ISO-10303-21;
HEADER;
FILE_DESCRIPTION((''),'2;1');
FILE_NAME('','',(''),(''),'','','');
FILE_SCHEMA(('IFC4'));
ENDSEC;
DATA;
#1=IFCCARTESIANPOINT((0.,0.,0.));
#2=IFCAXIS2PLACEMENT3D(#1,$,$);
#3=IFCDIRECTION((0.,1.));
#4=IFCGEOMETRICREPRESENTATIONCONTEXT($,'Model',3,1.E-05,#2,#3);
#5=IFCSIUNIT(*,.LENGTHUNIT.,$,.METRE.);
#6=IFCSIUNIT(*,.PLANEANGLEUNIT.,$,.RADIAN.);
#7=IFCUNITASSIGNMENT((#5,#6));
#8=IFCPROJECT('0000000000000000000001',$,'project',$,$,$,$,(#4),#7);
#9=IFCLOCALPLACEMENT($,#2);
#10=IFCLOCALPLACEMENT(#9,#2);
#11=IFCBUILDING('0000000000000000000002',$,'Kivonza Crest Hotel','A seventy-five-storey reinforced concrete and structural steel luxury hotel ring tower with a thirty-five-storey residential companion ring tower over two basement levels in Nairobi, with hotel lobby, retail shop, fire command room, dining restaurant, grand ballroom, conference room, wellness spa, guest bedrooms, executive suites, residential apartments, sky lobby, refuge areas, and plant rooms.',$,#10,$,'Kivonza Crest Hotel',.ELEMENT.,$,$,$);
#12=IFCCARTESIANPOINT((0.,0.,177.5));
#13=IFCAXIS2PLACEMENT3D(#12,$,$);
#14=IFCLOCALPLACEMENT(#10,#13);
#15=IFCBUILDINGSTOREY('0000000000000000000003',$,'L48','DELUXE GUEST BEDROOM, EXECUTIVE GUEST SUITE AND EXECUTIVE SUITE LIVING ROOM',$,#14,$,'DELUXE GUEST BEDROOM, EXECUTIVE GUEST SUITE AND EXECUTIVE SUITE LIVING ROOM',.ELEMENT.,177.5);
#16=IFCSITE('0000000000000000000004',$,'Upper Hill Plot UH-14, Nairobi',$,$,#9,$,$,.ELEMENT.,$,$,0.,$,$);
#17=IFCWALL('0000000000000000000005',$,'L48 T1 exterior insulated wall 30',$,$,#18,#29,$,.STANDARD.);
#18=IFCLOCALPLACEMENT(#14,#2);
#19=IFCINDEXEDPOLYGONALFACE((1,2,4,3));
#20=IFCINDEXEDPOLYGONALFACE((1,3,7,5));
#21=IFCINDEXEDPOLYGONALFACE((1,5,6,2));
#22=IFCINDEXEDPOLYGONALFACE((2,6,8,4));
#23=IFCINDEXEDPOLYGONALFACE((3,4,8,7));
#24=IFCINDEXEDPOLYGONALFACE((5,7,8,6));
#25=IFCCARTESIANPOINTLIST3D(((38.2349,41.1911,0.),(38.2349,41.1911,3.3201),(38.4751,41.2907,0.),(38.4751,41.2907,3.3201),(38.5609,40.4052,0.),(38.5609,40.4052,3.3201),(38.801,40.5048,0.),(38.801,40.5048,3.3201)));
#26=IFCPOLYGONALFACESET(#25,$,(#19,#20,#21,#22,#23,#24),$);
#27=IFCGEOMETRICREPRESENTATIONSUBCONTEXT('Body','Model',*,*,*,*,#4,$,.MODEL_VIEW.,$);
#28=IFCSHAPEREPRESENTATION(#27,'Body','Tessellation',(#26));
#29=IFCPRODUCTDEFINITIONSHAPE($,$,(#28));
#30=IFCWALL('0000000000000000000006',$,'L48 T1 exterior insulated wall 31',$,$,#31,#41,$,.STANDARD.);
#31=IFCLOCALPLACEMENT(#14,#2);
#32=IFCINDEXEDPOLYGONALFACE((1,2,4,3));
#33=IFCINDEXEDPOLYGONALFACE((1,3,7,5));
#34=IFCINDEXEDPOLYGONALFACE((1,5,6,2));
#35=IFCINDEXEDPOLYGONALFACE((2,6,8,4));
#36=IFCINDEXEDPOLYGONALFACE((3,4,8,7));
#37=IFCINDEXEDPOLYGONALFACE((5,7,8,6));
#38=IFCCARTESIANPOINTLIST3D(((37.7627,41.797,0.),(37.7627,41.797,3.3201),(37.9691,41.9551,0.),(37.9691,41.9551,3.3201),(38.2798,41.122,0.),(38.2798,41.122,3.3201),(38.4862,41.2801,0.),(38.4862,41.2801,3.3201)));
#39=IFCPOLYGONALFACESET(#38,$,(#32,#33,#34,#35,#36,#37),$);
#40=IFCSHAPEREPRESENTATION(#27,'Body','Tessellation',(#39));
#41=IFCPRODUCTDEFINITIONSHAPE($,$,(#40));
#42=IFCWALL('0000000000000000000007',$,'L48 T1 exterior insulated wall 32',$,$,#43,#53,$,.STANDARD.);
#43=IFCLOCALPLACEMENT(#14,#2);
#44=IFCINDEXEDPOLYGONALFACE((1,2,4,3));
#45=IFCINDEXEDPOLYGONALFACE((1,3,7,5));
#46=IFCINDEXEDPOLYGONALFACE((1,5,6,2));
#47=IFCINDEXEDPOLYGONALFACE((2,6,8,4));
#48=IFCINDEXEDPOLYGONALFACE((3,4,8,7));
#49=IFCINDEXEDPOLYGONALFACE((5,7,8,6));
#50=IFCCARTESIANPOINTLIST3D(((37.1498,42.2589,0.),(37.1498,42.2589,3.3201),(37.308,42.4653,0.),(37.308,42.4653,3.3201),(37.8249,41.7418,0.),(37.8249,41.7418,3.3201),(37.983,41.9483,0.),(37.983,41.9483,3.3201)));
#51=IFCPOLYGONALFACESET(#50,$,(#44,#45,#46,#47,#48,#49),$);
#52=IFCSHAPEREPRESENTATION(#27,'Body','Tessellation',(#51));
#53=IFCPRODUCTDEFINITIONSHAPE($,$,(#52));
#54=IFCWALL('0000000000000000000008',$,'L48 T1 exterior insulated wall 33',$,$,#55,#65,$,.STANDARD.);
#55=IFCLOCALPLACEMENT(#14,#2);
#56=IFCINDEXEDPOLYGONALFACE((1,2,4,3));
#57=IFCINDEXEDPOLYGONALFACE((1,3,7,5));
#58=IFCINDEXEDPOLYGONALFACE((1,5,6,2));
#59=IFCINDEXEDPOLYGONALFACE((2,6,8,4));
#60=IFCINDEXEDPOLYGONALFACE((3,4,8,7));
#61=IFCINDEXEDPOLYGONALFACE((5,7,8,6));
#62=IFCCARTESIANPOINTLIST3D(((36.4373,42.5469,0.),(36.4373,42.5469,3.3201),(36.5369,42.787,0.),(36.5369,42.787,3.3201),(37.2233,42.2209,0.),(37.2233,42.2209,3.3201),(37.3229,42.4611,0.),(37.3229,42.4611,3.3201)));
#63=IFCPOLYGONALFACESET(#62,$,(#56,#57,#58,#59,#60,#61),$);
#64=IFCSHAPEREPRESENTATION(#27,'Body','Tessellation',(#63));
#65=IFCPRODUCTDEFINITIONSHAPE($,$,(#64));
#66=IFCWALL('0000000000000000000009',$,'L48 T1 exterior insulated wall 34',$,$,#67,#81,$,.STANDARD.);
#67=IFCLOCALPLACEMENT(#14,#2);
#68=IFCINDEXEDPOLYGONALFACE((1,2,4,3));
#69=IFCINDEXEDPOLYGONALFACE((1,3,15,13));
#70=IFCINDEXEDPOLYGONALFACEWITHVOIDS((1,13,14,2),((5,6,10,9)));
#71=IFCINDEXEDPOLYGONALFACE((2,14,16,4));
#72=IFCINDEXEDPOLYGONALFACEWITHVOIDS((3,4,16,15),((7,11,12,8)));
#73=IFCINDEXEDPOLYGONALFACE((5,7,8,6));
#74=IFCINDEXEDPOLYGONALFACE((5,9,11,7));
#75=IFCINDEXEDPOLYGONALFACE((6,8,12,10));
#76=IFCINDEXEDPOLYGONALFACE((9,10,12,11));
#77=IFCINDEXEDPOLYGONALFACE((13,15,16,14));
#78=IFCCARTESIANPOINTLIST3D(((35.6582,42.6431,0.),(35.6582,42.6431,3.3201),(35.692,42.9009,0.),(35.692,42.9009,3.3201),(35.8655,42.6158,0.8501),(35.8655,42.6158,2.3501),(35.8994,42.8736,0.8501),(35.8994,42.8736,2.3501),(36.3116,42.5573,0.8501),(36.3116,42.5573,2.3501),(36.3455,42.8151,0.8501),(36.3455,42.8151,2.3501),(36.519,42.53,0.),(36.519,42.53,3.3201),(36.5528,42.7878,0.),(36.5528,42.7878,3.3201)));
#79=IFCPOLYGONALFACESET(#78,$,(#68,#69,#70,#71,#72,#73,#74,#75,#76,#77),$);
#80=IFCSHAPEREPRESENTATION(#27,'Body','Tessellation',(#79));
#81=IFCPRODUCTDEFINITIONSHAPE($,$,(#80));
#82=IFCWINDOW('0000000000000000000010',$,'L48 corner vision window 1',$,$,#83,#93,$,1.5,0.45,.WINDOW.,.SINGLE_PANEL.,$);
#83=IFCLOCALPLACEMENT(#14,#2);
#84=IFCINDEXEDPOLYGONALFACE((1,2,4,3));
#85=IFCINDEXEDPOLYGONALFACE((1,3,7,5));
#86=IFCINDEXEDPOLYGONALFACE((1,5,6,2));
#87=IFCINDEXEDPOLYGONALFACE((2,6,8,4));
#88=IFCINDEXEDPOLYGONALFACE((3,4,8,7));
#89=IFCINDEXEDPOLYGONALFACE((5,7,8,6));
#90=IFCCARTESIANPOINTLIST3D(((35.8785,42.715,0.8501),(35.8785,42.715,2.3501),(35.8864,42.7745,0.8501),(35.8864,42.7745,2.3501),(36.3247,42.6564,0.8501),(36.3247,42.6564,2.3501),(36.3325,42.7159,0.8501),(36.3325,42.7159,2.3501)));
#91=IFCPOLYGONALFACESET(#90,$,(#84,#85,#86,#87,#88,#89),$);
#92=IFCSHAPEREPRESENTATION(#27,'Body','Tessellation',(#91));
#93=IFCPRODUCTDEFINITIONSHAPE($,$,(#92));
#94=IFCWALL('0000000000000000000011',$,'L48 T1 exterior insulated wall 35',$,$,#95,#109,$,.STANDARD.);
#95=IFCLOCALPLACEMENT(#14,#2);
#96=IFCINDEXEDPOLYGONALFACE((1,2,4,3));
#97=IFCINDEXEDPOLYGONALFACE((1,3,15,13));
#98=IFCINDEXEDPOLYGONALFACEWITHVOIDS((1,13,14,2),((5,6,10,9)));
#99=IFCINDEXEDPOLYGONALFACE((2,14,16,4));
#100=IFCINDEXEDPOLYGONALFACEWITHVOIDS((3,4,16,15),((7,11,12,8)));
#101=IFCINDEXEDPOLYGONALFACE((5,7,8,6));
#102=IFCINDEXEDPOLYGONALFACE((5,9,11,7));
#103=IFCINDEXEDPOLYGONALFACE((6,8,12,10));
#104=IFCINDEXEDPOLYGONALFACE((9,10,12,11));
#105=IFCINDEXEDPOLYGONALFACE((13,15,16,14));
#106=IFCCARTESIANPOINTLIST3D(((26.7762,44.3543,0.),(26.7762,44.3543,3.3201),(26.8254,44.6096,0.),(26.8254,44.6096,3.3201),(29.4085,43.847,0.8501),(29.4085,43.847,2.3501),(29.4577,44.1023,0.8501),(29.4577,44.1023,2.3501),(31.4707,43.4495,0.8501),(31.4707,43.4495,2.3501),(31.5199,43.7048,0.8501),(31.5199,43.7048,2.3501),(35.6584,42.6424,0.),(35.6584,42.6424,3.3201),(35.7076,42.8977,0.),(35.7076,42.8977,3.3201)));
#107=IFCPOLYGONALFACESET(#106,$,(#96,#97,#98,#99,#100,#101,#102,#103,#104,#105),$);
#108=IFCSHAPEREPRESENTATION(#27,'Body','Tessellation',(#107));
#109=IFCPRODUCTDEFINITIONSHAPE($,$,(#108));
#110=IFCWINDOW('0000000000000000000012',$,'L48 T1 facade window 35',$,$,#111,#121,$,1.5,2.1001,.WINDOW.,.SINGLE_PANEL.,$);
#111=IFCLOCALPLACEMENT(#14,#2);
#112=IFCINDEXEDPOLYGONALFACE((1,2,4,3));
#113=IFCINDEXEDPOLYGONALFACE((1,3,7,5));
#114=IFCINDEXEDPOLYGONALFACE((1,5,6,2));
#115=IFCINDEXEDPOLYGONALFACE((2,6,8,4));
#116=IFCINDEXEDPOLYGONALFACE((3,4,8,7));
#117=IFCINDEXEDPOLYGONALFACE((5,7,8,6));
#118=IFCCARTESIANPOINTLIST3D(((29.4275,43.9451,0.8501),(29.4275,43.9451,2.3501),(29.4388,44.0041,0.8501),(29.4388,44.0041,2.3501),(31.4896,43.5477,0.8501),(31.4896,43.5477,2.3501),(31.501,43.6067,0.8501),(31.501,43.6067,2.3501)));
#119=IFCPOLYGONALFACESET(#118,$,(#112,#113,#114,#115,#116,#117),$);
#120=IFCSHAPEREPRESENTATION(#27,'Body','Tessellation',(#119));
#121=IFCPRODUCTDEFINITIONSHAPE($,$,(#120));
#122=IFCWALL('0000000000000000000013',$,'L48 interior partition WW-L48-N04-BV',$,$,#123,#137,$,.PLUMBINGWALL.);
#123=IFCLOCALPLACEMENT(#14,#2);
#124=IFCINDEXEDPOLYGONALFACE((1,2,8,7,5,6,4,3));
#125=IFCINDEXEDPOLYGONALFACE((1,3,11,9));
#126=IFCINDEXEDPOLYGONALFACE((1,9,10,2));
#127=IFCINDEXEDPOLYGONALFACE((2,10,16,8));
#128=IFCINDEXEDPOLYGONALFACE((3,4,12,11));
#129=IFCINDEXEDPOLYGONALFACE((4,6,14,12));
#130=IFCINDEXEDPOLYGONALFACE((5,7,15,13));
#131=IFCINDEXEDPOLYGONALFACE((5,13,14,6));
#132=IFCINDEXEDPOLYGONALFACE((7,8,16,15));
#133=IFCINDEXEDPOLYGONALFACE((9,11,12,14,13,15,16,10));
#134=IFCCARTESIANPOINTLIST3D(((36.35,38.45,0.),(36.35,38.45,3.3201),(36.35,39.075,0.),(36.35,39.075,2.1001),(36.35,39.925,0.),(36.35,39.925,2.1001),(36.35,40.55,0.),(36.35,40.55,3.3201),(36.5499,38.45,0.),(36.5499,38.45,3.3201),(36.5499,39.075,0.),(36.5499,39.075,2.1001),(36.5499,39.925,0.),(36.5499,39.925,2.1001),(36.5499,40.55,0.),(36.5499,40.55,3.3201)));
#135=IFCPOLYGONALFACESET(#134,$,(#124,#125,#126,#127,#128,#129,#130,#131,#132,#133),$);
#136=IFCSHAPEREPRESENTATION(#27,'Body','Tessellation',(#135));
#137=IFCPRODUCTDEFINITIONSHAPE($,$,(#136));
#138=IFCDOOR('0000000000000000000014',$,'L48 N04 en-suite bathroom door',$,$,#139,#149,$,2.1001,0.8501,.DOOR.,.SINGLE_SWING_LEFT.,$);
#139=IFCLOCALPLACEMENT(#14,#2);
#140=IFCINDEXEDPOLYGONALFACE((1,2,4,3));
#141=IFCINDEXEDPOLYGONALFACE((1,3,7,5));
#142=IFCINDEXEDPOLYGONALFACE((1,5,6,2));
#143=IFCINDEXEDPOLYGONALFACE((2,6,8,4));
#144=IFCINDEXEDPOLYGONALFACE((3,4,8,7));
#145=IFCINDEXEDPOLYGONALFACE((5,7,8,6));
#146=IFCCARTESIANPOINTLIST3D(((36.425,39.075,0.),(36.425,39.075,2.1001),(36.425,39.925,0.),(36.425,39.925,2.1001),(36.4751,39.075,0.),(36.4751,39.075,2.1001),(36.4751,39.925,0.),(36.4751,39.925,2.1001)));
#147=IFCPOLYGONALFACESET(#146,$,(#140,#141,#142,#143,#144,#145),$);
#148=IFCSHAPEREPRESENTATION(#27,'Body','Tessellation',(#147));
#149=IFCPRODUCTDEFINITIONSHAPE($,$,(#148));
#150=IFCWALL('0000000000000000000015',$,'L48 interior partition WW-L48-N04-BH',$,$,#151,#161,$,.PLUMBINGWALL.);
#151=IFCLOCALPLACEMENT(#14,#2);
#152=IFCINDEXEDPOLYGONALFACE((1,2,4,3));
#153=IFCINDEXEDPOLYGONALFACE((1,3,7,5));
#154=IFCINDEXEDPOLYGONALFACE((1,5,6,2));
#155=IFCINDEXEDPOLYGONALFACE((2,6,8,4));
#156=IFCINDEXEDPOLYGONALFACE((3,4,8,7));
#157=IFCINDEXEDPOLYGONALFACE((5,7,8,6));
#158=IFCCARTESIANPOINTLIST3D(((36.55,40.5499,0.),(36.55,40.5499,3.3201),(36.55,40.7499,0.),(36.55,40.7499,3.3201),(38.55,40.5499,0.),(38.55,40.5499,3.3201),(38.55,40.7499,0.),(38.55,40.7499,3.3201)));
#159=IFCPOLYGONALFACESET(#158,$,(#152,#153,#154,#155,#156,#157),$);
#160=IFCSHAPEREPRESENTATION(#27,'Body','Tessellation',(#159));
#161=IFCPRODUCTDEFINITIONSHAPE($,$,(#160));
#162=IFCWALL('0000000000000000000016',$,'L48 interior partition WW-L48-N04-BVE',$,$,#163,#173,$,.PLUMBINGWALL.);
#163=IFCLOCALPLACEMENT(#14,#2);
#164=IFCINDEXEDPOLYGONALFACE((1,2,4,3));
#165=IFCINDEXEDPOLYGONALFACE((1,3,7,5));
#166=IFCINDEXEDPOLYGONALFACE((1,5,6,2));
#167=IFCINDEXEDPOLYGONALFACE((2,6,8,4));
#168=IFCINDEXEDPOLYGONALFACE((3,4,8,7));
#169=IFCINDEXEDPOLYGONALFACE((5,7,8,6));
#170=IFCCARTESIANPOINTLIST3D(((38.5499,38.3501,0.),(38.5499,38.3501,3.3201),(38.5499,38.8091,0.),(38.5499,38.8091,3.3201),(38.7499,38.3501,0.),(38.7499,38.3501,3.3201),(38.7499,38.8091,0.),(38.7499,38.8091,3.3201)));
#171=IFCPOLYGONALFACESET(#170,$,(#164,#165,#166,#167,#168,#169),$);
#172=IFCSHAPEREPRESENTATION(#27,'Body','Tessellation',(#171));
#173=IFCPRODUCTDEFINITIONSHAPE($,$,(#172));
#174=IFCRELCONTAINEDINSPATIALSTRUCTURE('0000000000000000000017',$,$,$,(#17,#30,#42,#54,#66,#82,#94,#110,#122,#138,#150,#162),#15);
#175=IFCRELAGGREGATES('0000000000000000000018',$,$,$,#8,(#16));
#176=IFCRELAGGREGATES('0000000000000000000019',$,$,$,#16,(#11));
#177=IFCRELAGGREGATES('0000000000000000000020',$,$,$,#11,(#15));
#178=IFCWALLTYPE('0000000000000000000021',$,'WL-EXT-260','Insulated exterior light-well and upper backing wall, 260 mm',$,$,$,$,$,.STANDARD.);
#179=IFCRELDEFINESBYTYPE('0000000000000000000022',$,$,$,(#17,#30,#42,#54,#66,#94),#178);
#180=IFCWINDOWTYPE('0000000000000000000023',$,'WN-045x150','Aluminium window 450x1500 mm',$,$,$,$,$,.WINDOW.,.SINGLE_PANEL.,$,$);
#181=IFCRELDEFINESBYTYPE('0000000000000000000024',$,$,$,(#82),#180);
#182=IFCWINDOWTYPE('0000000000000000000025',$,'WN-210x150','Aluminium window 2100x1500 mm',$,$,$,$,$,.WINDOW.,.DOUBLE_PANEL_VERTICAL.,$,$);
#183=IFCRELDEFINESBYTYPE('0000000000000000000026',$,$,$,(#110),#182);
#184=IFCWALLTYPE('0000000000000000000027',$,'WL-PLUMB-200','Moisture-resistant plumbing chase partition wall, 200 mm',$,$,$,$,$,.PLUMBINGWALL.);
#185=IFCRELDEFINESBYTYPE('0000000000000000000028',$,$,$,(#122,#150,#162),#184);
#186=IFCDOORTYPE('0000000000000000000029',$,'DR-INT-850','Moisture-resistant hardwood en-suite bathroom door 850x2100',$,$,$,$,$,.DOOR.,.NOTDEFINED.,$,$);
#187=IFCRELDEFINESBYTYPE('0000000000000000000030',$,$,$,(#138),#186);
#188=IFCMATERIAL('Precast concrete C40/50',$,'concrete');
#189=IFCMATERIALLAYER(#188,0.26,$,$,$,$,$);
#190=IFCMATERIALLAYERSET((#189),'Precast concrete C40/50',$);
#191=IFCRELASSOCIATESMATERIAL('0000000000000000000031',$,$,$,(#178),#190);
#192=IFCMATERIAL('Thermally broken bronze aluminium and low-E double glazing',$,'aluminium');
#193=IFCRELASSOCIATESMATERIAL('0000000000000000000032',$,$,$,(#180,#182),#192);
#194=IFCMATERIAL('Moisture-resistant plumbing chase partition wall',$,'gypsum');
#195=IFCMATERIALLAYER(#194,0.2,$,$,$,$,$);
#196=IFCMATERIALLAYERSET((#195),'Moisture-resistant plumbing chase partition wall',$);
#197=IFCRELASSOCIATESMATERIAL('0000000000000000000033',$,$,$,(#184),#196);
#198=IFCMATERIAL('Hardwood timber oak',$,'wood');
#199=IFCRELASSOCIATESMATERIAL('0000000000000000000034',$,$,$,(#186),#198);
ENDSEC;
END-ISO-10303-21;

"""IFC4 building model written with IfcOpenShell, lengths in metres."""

from ifc_helpers import new_model, si_unit, direction, frame, frame_2d, origin, place, context, subcontext, project, spatial, rectangle, extrude, material, layer, layer_set, type_object, element, fill, save


model = new_model("IFC4")

# Units and contexts
model_context = context("Model", 3, precision=1e-05, world=origin(), true_north=direction((0.0, 1.0)))
body_context = subcontext(model_context, "Body", "Model", "MODEL_VIEW")
ifc_project = project(units=[si_unit("LENGTHUNIT", "METRE"), si_unit("PLANEANGLEUNIT", "RADIAN")], contexts=[model_context])

# Site, building, storey
site_placement = place(None, origin())
site = spatial("IfcSite", under=ifc_project, at=site_placement, Name="Upper Hill Plot UH-14, Nairobi", CompositionType="ELEMENT", RefElevation=0.0)
building_placement = place(site_placement, origin())
building = spatial("IfcBuilding", under=site, at=building_placement, Name="Kivonza Crest Hotel", Description="A seventy-five-storey reinforced concrete and structural steel luxury hotel ring tower with a thirty-five-storey residential companion ring tower over two basement levels in Nairobi, with hotel lobby, retail shop, fire command room, dining restaurant, grand ballroom, conference room, wellness spa, guest bedrooms, executive suites, residential apartments, sky lobby, refuge areas, and plant rooms.", LongName="Kivonza Crest Hotel", CompositionType="ELEMENT")
storey_placement = place(building_placement, frame((0.0, 0.0, 177.5)))
storey = spatial("IfcBuildingStorey", under=building, at=storey_placement, Name="L48", Description="DELUXE GUEST BEDROOM, EXECUTIVE GUEST SUITE AND EXECUTIVE SUITE LIVING ROOM", LongName="DELUXE GUEST BEDROOM, EXECUTIVE GUEST SUITE AND EXECUTIVE SUITE LIVING ROOM", CompositionType="ELEMENT", Elevation=177.5)

# Shared definitions
ifc_material_1 = material(Name="Hardwood timber oak", Category="wood")

# Walls
ifc_material_2 = material(Name="Precast concrete C40/50", Category="concrete")
ifc_layer_1 = layer(ifc_material_2, 0.26)
ifc_layer_set_1 = layer_set([ifc_layer_1], Name="Precast concrete C40/50")
wall_type_1 = type_object("IfcWallType", Name="WL-EXT-260", Description="Insulated exterior light-well and upper backing wall, 260 mm", PredefinedType="STANDARD", material=ifc_layer_set_1)
wall_1_placement = place(storey_placement, frame((38.6809, 40.4551, 0.0), z_axis=(0.0, 0.0, 1.0), x_axis=(-0.383087, 0.923712, 0.0)))
element("IfcWall", 1, at=wall_1_placement, inside=storey, type_object=wall_type_1, Name="L48 T1 exterior insulated wall 30", PredefinedType="STANDARD", context=body_context, shape_type="SweptSolid", body=[
    extrude(rectangle(XDim=0.8508, YDim=0.26, at=frame_2d((0.4253, 0.0))), origin(), (0.0, 0.0, 1.0), 3.3201),
])
for number, where, z_axis, x_axis, name in (
    (2, (38.3831, 41.2009, 0.0), (0.0, 0.0, 1.0), (-0.6081, 0.79386, 0.0), "L48 T1 exterior insulated wall 31"),
    (3, (37.9041, 41.845, 0.0), (0.0, 0.0, 1.0), (-0.79386, 0.6081, 0.0), "L48 T1 exterior insulated wall 32"),
):
    element("IfcWall", number, at=place(storey_placement, frame(where, z_axis=z_axis, x_axis=x_axis)), inside=storey, type_object=wall_type_1, Name=name, PredefinedType="STANDARD", context=body_context, shape_type="SweptSolid", body=[
        extrude(rectangle(XDim=0.8503, YDim=0.26, at=frame_2d((0.4253, 0.0))), origin(), (0.0, 0.0, 1.0), 3.3201),
    ])
wall_2_placement = place(storey_placement, frame((37.2729, 42.3411, 0.0), z_axis=(0.0, 0.0, 1.0), x_axis=(-0.923712, 0.383087, 0.0)))
element("IfcWall", 4, at=wall_2_placement, inside=storey, type_object=wall_type_1, Name="L48 T1 exterior insulated wall 33", PredefinedType="STANDARD", context=body_context, shape_type="SweptSolid", body=[
    extrude(rectangle(XDim=0.8508, YDim=0.26, at=frame_2d((0.4253, 0.0))), origin(), (0.0, 0.0, 1.0), 3.3201),
])

# Walls, openings, windows
wall_3_placement = place(storey_placement, frame((36.5359, 42.6589, 0.0), z_axis=(0.0, 0.0, 1.0), x_axis=(-0.991489, 0.130193, 0.0)))
wall_3 = element("IfcWall", 5, at=wall_3_placement, inside=storey, type_object=wall_type_1, Name="L48 T1 exterior insulated wall 34", PredefinedType="STANDARD", context=body_context, shape_type="SweptSolid", body=[
    extrude(rectangle(XDim=0.8682, YDim=0.26, at=frame_2d((0.4341, 0.0))), origin(), (0.0, 0.0, 1.0), 3.3201),
])
opening_1_placement = place(wall_3_placement, frame((0.209, 0.0, 0.8501)))
opening_1 = element("IfcOpeningElement", 6, at=opening_1_placement, cuts=wall_3, PredefinedType="OPENING", context=body_context, shape_type="SweptSolid", body=[
    extrude(rectangle(XDim=0.45, YDim=1.5, at=frame_2d((0.2251, 0.75))), frame((0.0, 0.1401, 0.0), z_axis=(0.0, -1.0, 0.0), x_axis=(1.0, 0.0, 0.0)), (0.0, 0.0, 1.0), 0.28),
])
ifc_material_3 = material(Name="Thermally broken bronze aluminium and low-E double glazing", Category="aluminium")
window_type_1 = type_object("IfcWindowType", Name="WN-045x150", Description="Aluminium window 450x1500 mm", PartitioningType="SINGLE_PANEL", PredefinedType="WINDOW", material=ifc_material_3)
window_1_placement = place(opening_1_placement, origin())
window_1 = element("IfcWindow", 7, at=window_1_placement, inside=storey, type_object=window_type_1, Name="L48 corner vision window 1", OverallHeight=1.5, OverallWidth=0.45, PartitioningType="SINGLE_PANEL", PredefinedType="WINDOW", context=body_context, shape_type="SweptSolid", body=[
    extrude(rectangle(XDim=0.45, YDim=1.5, at=frame_2d((0.2251, 0.75))), frame((0.0, 0.03, 0.0), z_axis=(0.0, -1.0, 0.0), x_axis=(1.0, 0.0, 0.0)), (0.0, 0.0, 1.0), 0.0601),
])
fill(opening_1, window_1)
wall_4_placement = place(storey_placement, frame((35.6831, 42.77, 0.0), z_axis=(0.0, 0.0, 1.0), x_axis=(-0.981928, 0.189255, 0.0)))
wall_4 = element("IfcWall", 8, at=wall_4_placement, inside=storey, type_object=wall_type_1, Name="L48 T1 exterior insulated wall 35", PredefinedType="STANDARD", context=body_context, shape_type="SweptSolid", body=[
    extrude(rectangle(XDim=9.0457, YDim=0.26, at=frame_2d((4.5229, 0.0))), origin(), (0.0, 0.0, 1.0), 3.3201),
])
opening_2_placement = place(wall_4_placement, frame((4.2649, 0.0, 0.8501)))
opening_2 = element("IfcOpeningElement", 9, at=opening_2_placement, cuts=wall_4, PredefinedType="OPENING", context=body_context, shape_type="SweptSolid", body=[
    extrude(rectangle(XDim=2.1001, YDim=1.5, at=frame_2d((1.05, 0.75))), frame((0.0, 0.1401, 0.0), z_axis=(0.0, -1.0, 0.0), x_axis=(1.0, 0.0, 0.0)), (0.0, 0.0, 1.0), 0.28),
])
window_type_2 = type_object("IfcWindowType", Name="WN-210x150", Description="Aluminium window 2100x1500 mm", PartitioningType="DOUBLE_PANEL_VERTICAL", PredefinedType="WINDOW", material=ifc_material_3)
window_2_placement = place(opening_2_placement, origin())
window_2 = element("IfcWindow", 10, at=window_2_placement, inside=storey, type_object=window_type_2, Name="L48 T1 facade window 35", OverallHeight=1.5, OverallWidth=2.1001, PartitioningType="SINGLE_PANEL", PredefinedType="WINDOW", context=body_context, shape_type="SweptSolid", body=[
    extrude(rectangle(XDim=2.1001, YDim=1.5, at=frame_2d((1.05, 0.75))), frame((0.0, 0.03, 0.0), z_axis=(0.0, -1.0, 0.0), x_axis=(1.0, 0.0, 0.0)), (0.0, 0.0, 1.0), 0.0601),
])
fill(opening_2, window_2)

# Wall, opening, door
ifc_material_4 = material(Name="Moisture-resistant plumbing chase partition wall", Category="gypsum")
ifc_layer_2 = layer(ifc_material_4, 0.2)
ifc_layer_set_2 = layer_set([ifc_layer_2], Name="Moisture-resistant plumbing chase partition wall")
wall_type_2 = type_object("IfcWallType", Name="WL-PLUMB-200", Description="Moisture-resistant plumbing chase partition wall, 200 mm", PredefinedType="PLUMBINGWALL", material=ifc_layer_set_2)
wall_5_placement = place(storey_placement, frame((36.45, 38.45, 0.0), z_axis=(0.0, 0.0, 1.0), x_axis=(0.0, 1.0, 0.0)))
wall_5 = element("IfcWall", 11, at=wall_5_placement, inside=storey, type_object=wall_type_2, Name="L48 interior partition WW-L48-N04-BV", PredefinedType="PLUMBINGWALL", context=body_context, shape_type="SweptSolid", body=[
    extrude(rectangle(XDim=2.1001, YDim=0.2, at=frame_2d((1.05, 0.0))), origin(), (0.0, 0.0, 1.0), 3.3201),
])
opening_3_placement = place(wall_5_placement, frame((0.625, 0.0, 0.0)))
opening_3 = element("IfcOpeningElement", 12, at=opening_3_placement, cuts=wall_5, PredefinedType="OPENING", context=body_context, shape_type="SweptSolid", body=[
    extrude(rectangle(XDim=0.8501, YDim=2.1001, at=frame_2d((0.425, 1.05))), frame((0.0, 0.1099, 0.0), z_axis=(0.0, -1.0, 0.0), x_axis=(1.0, 0.0, 0.0)), (0.0, 0.0, 1.0), 0.22),
])
door_type_1 = type_object("IfcDoorType", Name="DR-INT-850", Description="Moisture-resistant hardwood en-suite bathroom door 850x2100", OperationType="NOTDEFINED", PredefinedType="DOOR", material=ifc_material_1)
door_1_placement = place(opening_3_placement, origin())
door_1 = element("IfcDoor", 13, at=door_1_placement, inside=storey, type_object=door_type_1, Name="L48 N04 en-suite bathroom door", OperationType="SINGLE_SWING_LEFT", OverallHeight=2.1001, OverallWidth=0.8501, PredefinedType="DOOR", context=body_context, shape_type="SweptSolid", body=[
    extrude(rectangle(XDim=0.8501, YDim=2.1001, at=frame_2d((0.425, 1.05))), frame((0.0, 0.0249, 0.0), z_axis=(0.0, -1.0, 0.0), x_axis=(1.0, 0.0, 0.0)), (0.0, 0.0, 1.0), 0.05),
])
fill(opening_3, door_1)

# Walls
wall_6_placement = place(storey_placement, frame((36.55, 40.6499, 0.0), z_axis=(0.0, 0.0, 1.0), x_axis=(1.0, 0.0, 0.0)))
element("IfcWall", 14, at=wall_6_placement, inside=storey, type_object=wall_type_2, Name="L48 interior partition WW-L48-N04-BH", PredefinedType="PLUMBINGWALL", context=body_context, shape_type="SweptSolid", body=[
    extrude(rectangle(XDim=2.0, YDim=0.2, at=frame_2d((1.0, 0.0))), origin(), (0.0, 0.0, 1.0), 3.3201),
])
wall_7_placement = place(storey_placement, frame((38.6499, 38.3501, 0.0), z_axis=(0.0, 0.0, 1.0), x_axis=(0.0, 1.0, 0.0)))
element("IfcWall", 15, at=wall_7_placement, inside=storey, type_object=wall_type_2, Name="L48 interior partition WW-L48-N04-BVE", PredefinedType="PLUMBINGWALL", context=body_context, shape_type="SweptSolid", body=[
    extrude(rectangle(XDim=0.459, YDim=0.2, at=frame_2d((0.2295, 0.0))), origin(), (0.0, 0.0, 1.0), 3.3201),
])

save(model, "model.ifc")
